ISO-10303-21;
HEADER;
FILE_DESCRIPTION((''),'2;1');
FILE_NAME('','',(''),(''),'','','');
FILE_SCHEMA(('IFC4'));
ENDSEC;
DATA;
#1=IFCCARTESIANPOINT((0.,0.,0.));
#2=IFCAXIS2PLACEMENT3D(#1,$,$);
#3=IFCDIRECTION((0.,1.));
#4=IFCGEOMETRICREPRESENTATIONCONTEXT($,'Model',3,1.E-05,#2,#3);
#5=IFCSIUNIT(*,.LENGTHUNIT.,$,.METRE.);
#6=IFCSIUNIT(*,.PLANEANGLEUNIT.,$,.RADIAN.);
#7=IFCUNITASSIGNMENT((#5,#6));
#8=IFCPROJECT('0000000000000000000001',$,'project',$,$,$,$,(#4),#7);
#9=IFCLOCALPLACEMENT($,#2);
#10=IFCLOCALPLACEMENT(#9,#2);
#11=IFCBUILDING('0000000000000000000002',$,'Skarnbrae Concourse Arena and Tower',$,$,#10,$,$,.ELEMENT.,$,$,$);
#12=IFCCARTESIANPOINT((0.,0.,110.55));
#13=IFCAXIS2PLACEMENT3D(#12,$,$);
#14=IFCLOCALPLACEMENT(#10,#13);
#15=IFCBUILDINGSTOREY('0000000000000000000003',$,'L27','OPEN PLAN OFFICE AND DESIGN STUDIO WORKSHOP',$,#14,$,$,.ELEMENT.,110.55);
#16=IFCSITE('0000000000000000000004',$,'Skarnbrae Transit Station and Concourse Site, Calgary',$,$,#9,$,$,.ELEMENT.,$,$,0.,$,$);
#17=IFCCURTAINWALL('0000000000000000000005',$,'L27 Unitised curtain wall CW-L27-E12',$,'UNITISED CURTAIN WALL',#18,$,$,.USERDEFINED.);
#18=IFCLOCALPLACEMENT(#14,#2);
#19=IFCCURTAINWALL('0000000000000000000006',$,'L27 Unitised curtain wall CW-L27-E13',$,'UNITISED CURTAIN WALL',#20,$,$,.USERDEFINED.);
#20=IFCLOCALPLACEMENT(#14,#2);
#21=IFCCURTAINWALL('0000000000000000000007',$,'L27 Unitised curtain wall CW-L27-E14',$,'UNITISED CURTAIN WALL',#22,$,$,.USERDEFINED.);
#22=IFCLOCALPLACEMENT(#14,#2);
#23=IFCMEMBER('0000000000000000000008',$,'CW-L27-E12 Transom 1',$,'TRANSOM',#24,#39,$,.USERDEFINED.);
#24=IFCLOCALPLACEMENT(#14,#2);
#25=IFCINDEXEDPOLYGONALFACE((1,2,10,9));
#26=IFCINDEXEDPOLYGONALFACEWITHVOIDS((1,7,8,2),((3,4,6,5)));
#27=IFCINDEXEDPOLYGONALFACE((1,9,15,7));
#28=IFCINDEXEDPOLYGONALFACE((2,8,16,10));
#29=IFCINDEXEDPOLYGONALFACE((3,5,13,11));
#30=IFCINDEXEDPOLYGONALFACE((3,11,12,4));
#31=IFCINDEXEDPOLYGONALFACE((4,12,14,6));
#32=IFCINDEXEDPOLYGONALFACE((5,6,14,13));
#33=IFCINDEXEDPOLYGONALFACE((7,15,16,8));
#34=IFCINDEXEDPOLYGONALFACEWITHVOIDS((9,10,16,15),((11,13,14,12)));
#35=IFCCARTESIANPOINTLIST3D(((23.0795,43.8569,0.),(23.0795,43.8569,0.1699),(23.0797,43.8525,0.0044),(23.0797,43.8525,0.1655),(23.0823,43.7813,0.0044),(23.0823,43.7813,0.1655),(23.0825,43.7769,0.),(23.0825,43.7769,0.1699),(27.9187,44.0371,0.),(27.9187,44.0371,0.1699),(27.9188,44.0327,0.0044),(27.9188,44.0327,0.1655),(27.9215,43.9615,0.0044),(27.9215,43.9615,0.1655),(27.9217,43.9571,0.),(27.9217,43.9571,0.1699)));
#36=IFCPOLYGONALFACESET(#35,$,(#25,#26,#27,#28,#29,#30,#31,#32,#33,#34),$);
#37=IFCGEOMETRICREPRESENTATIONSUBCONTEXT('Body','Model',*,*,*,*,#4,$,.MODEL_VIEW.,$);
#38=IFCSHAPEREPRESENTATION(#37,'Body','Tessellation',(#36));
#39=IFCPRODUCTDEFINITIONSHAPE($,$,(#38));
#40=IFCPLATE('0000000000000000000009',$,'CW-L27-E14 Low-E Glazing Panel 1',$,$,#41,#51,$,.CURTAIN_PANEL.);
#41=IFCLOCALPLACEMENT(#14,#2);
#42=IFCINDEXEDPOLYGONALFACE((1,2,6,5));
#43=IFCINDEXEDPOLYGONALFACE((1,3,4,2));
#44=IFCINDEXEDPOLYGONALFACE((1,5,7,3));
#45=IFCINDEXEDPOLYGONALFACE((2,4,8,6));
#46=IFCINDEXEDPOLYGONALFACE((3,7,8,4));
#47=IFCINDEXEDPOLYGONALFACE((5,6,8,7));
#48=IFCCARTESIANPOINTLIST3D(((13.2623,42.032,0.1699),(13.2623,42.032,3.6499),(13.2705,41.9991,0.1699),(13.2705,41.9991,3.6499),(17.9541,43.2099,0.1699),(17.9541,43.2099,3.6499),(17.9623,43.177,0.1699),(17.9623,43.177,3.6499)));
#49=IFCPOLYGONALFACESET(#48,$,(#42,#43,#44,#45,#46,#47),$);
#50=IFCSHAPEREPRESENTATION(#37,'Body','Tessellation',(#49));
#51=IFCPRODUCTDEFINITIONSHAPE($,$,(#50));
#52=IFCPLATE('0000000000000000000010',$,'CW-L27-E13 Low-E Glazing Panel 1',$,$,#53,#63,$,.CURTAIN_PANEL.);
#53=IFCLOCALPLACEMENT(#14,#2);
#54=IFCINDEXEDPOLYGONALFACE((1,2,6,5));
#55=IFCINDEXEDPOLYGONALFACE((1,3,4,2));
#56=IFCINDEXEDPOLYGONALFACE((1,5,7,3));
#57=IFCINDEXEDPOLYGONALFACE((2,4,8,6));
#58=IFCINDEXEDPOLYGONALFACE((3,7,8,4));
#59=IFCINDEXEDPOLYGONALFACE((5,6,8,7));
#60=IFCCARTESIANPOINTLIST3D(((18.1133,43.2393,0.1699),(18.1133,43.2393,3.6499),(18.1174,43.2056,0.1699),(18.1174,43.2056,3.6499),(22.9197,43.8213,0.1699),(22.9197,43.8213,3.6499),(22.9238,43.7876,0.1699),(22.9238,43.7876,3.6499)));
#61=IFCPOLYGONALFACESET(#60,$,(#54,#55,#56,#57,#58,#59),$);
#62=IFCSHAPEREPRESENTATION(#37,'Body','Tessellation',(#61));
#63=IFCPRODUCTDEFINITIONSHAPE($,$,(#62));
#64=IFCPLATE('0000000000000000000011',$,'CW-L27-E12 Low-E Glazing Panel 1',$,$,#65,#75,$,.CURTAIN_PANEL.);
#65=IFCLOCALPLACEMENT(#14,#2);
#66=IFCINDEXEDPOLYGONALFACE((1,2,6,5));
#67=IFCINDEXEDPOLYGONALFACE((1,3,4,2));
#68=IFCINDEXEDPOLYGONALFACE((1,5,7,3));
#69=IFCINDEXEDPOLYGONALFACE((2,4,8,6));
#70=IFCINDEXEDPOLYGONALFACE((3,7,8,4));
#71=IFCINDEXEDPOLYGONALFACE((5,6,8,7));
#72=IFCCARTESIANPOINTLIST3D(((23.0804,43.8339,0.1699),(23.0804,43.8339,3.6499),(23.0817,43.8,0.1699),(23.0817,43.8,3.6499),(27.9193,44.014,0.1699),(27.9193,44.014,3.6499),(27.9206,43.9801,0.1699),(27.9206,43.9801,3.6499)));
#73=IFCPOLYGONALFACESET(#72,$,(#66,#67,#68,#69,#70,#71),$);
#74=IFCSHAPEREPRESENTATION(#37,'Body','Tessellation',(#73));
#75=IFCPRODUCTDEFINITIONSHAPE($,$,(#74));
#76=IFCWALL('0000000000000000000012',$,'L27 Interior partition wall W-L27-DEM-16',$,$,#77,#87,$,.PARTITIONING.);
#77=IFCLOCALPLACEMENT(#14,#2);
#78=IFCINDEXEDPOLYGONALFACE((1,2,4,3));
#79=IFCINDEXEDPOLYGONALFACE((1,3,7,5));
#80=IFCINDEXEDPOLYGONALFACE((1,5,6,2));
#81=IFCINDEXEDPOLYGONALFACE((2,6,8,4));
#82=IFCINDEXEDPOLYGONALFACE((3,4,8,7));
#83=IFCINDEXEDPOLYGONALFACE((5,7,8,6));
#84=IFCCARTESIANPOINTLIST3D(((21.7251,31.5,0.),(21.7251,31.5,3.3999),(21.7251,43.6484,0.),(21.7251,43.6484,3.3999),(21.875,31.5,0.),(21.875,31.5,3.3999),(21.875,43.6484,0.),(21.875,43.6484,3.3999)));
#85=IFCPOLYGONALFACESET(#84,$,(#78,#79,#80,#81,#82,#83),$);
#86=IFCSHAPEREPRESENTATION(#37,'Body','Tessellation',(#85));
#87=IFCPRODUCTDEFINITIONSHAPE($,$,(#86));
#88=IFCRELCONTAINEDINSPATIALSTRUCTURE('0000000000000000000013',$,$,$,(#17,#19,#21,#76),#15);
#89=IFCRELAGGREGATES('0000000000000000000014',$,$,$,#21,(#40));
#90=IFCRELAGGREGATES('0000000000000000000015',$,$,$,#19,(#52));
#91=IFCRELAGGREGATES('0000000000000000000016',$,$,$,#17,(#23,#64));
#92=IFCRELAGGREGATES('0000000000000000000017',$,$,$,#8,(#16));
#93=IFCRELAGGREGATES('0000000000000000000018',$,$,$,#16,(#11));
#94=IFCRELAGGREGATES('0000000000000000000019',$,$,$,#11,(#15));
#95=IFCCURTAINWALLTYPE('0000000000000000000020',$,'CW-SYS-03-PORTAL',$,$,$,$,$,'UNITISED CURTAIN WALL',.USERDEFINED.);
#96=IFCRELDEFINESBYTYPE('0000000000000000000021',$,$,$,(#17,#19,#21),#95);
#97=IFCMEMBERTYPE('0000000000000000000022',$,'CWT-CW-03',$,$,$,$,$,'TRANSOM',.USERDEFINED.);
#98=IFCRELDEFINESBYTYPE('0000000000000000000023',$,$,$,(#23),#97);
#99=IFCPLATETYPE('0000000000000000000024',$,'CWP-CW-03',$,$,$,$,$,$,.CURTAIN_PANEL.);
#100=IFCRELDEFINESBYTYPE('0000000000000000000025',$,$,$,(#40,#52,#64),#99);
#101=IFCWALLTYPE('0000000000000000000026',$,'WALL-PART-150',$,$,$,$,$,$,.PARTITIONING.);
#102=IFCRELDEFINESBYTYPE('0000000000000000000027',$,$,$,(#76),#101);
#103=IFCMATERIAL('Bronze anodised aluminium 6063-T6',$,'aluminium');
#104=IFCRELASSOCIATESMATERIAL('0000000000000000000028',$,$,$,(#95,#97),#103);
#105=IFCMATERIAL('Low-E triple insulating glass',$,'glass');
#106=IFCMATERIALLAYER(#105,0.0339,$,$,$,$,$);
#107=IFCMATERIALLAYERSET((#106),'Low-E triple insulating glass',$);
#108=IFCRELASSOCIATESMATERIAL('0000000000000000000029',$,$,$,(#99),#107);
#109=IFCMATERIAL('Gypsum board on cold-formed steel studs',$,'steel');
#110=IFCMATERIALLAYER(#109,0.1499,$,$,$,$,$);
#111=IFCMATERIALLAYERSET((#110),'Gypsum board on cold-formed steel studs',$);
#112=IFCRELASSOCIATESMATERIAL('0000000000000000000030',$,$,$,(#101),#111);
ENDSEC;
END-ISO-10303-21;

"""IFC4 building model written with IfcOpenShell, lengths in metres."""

from ifc_helpers import new_model, si_unit, direction, frame, frame_2d, origin, origin_2d, place, context, subcontext, project, spatial, rectangle, hollow_rectangle, extrude, source, transform, mapped, material, layer, layer_set, material_profile, profile_set, type_object, element, aggregate, save


model = new_model("IFC4")

# Units and contexts
model_context = context("Model", 3, precision=1e-05, world=origin(), true_north=direction((0.0, 1.0)))
body_context = subcontext(model_context, "Body", "Model", "MODEL_VIEW")
ifc_project = project(units=[si_unit("LENGTHUNIT", "METRE"), si_unit("PLANEANGLEUNIT", "RADIAN")], contexts=[model_context])

# Site, building, storey
site_placement = place(None, origin())
site = spatial("IfcSite", under=ifc_project, at=site_placement, Name="Skarnbrae Transit Station and Concourse Site, Calgary", CompositionType="ELEMENT", RefElevation=0.0)
building_placement = place(site_placement, origin())
building = spatial("IfcBuilding", under=site, at=building_placement, Name="Skarnbrae Concourse Arena and Tower", CompositionType="ELEMENT")
storey_placement = place(building_placement, frame((0.0, 0.0, 110.55)))
storey = spatial("IfcBuildingStorey", under=building, at=storey_placement, Name="L27", Description="OPEN PLAN OFFICE AND DESIGN STUDIO WORKSHOP", CompositionType="ELEMENT", Elevation=110.55)

# Curtain walls
ifc_material_1 = material(Name="Bronze anodised aluminium 6063-T6", Category="aluminium")
curtain_wall_type = type_object("IfcCurtainWallType", Name="CW-SYS-03-PORTAL", ElementType="UNITISED CURTAIN WALL", PredefinedType="USERDEFINED", material=ifc_material_1)
curtain_wall_1_placement = place(storey_placement, origin())
curtain_wall_1 = element("IfcCurtainWall", 1, at=curtain_wall_1_placement, inside=storey, type_object=curtain_wall_type, Name="L27 Unitised curtain wall CW-L27-E12", ObjectType="UNITISED CURTAIN WALL", PredefinedType="USERDEFINED")
curtain_wall_2_placement = place(storey_placement, origin())
curtain_wall_2 = element("IfcCurtainWall", 2, at=curtain_wall_2_placement, inside=storey, type_object=curtain_wall_type, Name="L27 Unitised curtain wall CW-L27-E13", ObjectType="UNITISED CURTAIN WALL", PredefinedType="USERDEFINED")
curtain_wall_3_placement = place(storey_placement, origin())
curtain_wall_3 = element("IfcCurtainWall", 3, at=curtain_wall_3_placement, inside=storey, type_object=curtain_wall_type, Name="L27 Unitised curtain wall CW-L27-E14", ObjectType="UNITISED CURTAIN WALL", PredefinedType="USERDEFINED")
ifc_material_profile_1 = material_profile(ifc_material_1, hollow_rectangle(XDim=0.0801, YDim=0.1699, WallThickness=0.0044, at=origin_2d()), Name="ALU-TRAN-80X170")
ifc_profile_set_1 = profile_set([ifc_material_profile_1], Name="Bronze anodised aluminium 6063-T6")
member_type_1 = type_object("IfcMemberType", Name="CWT-CW-03", ElementType="TRANSOM", PredefinedType="USERDEFINED", material=ifc_profile_set_1)

# Member
shared_shape_1 = source(origin(), body_context, "Body", "SweptSolid", [
    extrude(hollow_rectangle(XDim=0.0801, YDim=0.1699, WallThickness=0.0044, at=origin_2d()), origin(), (0.0, 0.0, 1.0), 4.8425),
])
member_1_placement = place(storey_placement, frame((27.9202, 43.9971, 0.085), z_axis=(-0.999308, -0.037207, 0.0), x_axis=(0.037207, -0.999308, 0.0)))
member_1 = element("IfcMember", 4, at=member_1_placement, type_object=member_type_1, Name="CW-L27-E12 Transom 1", ObjectType="TRANSOM", PredefinedType="USERDEFINED", context=body_context, shape_type="MappedRepresentation", body=[
    mapped(shared_shape_1, transform((0.0, 0.0, 0.0))),
])

# Plates
ifc_material_2 = material(Name="Low-E triple insulating glass", Category="glass")
ifc_layer_1 = layer(ifc_material_2, 0.0339)
ifc_layer_set_1 = layer_set([ifc_layer_1], Name="Low-E triple insulating glass")
plate_type = type_object("IfcPlateType", Name="CWP-CW-03", PredefinedType="CURTAIN_PANEL", material=ifc_layer_set_1)
shared_shape_2 = source(origin(), body_context, "Body", "SweptSolid", [
    extrude(rectangle(XDim=4.8374, YDim=0.0339, at=origin_2d()), origin(), (0.0, 0.0, 1.0), 3.48),
])
plate_1_placement = place(storey_placement, frame((15.6123, 42.6045, 0.1699), z_axis=(0.0, 0.0, 1.0), x_axis=(-0.969903, -0.243491, 0.0)))
plate_1 = element("IfcPlate", 5, at=plate_1_placement, type_object=plate_type, Name="CW-L27-E14 Low-E Glazing Panel 1", PredefinedType="CURTAIN_PANEL", context=body_context, shape_type="MappedRepresentation", body=[
    mapped(shared_shape_2, transform((0.0, 0.0, 0.0))),
])
aggregate(curtain_wall_3, [plate_1])
shared_shape_3 = source(origin(), body_context, "Body", "SweptSolid", [
    extrude(rectangle(XDim=4.8416, YDim=0.0339, at=origin_2d()), origin(), (0.0, 0.0, 1.0), 3.48),
])
plate_2_placement = place(storey_placement, frame((20.5186, 43.5134, 0.1699), z_axis=(0.0, 0.0, 1.0), x_axis=(-0.992749, -0.120203, 0.0)))
plate_2 = element("IfcPlate", 6, at=plate_2_placement, type_object=plate_type, Name="CW-L27-E13 Low-E Glazing Panel 1", PredefinedType="CURTAIN_PANEL", context=body_context, shape_type="MappedRepresentation", body=[
    mapped(shared_shape_3, transform((0.0, 0.0, 0.0))),
])
aggregate(curtain_wall_2, [plate_2])
shared_shape_4 = source(origin(), body_context, "Body", "SweptSolid", [
    extrude(rectangle(XDim=4.8423, YDim=0.0339, at=origin_2d()), origin(), (0.0, 0.0, 1.0), 3.48),
])
plate_3_placement = place(storey_placement, frame((25.5005, 43.907, 0.1699), z_axis=(0.0, 0.0, 1.0), x_axis=(-0.999308, -0.037183, 0.0)))
plate_3 = element("IfcPlate", 7, at=plate_3_placement, type_object=plate_type, Name="CW-L27-E12 Low-E Glazing Panel 1", PredefinedType="CURTAIN_PANEL", context=body_context, shape_type="MappedRepresentation", body=[
    mapped(shared_shape_4, transform((0.0, 0.0, 0.0))),
])
aggregate(curtain_wall_1, [member_1, plate_3])

# Wall
ifc_material_3 = material(Name="Gypsum board on cold-formed steel studs", Category="steel")
ifc_layer_2 = layer(ifc_material_3, 0.1499)
ifc_layer_set_2 = layer_set([ifc_layer_2], Name="Gypsum board on cold-formed steel studs")
wall_type = type_object("IfcWallType", Name="WALL-PART-150", PredefinedType="PARTITIONING", material=ifc_layer_set_2)
shared_shape_5 = source(origin(), body_context, "Body", "SweptSolid", [
    extrude(rectangle(XDim=12.1484, YDim=0.1499, at=frame_2d((6.0742, 0.0))), origin(), (0.0, 0.0, 1.0), 3.3999),
])
wall_placement = place(storey_placement, frame((21.8, 43.6484, 0.0), z_axis=(0.0, 0.0, 1.0), x_axis=(0.0, -1.0, 0.0)))
element("IfcWall", 8, at=wall_placement, inside=storey, type_object=wall_type, Name="L27 Interior partition wall W-L27-DEM-16", PredefinedType="PARTITIONING", context=body_context, shape_type="MappedRepresentation", body=[
    mapped(shared_shape_5, transform((0.0, 0.0, 0.0))),
])

save(model, "model.ifc")
